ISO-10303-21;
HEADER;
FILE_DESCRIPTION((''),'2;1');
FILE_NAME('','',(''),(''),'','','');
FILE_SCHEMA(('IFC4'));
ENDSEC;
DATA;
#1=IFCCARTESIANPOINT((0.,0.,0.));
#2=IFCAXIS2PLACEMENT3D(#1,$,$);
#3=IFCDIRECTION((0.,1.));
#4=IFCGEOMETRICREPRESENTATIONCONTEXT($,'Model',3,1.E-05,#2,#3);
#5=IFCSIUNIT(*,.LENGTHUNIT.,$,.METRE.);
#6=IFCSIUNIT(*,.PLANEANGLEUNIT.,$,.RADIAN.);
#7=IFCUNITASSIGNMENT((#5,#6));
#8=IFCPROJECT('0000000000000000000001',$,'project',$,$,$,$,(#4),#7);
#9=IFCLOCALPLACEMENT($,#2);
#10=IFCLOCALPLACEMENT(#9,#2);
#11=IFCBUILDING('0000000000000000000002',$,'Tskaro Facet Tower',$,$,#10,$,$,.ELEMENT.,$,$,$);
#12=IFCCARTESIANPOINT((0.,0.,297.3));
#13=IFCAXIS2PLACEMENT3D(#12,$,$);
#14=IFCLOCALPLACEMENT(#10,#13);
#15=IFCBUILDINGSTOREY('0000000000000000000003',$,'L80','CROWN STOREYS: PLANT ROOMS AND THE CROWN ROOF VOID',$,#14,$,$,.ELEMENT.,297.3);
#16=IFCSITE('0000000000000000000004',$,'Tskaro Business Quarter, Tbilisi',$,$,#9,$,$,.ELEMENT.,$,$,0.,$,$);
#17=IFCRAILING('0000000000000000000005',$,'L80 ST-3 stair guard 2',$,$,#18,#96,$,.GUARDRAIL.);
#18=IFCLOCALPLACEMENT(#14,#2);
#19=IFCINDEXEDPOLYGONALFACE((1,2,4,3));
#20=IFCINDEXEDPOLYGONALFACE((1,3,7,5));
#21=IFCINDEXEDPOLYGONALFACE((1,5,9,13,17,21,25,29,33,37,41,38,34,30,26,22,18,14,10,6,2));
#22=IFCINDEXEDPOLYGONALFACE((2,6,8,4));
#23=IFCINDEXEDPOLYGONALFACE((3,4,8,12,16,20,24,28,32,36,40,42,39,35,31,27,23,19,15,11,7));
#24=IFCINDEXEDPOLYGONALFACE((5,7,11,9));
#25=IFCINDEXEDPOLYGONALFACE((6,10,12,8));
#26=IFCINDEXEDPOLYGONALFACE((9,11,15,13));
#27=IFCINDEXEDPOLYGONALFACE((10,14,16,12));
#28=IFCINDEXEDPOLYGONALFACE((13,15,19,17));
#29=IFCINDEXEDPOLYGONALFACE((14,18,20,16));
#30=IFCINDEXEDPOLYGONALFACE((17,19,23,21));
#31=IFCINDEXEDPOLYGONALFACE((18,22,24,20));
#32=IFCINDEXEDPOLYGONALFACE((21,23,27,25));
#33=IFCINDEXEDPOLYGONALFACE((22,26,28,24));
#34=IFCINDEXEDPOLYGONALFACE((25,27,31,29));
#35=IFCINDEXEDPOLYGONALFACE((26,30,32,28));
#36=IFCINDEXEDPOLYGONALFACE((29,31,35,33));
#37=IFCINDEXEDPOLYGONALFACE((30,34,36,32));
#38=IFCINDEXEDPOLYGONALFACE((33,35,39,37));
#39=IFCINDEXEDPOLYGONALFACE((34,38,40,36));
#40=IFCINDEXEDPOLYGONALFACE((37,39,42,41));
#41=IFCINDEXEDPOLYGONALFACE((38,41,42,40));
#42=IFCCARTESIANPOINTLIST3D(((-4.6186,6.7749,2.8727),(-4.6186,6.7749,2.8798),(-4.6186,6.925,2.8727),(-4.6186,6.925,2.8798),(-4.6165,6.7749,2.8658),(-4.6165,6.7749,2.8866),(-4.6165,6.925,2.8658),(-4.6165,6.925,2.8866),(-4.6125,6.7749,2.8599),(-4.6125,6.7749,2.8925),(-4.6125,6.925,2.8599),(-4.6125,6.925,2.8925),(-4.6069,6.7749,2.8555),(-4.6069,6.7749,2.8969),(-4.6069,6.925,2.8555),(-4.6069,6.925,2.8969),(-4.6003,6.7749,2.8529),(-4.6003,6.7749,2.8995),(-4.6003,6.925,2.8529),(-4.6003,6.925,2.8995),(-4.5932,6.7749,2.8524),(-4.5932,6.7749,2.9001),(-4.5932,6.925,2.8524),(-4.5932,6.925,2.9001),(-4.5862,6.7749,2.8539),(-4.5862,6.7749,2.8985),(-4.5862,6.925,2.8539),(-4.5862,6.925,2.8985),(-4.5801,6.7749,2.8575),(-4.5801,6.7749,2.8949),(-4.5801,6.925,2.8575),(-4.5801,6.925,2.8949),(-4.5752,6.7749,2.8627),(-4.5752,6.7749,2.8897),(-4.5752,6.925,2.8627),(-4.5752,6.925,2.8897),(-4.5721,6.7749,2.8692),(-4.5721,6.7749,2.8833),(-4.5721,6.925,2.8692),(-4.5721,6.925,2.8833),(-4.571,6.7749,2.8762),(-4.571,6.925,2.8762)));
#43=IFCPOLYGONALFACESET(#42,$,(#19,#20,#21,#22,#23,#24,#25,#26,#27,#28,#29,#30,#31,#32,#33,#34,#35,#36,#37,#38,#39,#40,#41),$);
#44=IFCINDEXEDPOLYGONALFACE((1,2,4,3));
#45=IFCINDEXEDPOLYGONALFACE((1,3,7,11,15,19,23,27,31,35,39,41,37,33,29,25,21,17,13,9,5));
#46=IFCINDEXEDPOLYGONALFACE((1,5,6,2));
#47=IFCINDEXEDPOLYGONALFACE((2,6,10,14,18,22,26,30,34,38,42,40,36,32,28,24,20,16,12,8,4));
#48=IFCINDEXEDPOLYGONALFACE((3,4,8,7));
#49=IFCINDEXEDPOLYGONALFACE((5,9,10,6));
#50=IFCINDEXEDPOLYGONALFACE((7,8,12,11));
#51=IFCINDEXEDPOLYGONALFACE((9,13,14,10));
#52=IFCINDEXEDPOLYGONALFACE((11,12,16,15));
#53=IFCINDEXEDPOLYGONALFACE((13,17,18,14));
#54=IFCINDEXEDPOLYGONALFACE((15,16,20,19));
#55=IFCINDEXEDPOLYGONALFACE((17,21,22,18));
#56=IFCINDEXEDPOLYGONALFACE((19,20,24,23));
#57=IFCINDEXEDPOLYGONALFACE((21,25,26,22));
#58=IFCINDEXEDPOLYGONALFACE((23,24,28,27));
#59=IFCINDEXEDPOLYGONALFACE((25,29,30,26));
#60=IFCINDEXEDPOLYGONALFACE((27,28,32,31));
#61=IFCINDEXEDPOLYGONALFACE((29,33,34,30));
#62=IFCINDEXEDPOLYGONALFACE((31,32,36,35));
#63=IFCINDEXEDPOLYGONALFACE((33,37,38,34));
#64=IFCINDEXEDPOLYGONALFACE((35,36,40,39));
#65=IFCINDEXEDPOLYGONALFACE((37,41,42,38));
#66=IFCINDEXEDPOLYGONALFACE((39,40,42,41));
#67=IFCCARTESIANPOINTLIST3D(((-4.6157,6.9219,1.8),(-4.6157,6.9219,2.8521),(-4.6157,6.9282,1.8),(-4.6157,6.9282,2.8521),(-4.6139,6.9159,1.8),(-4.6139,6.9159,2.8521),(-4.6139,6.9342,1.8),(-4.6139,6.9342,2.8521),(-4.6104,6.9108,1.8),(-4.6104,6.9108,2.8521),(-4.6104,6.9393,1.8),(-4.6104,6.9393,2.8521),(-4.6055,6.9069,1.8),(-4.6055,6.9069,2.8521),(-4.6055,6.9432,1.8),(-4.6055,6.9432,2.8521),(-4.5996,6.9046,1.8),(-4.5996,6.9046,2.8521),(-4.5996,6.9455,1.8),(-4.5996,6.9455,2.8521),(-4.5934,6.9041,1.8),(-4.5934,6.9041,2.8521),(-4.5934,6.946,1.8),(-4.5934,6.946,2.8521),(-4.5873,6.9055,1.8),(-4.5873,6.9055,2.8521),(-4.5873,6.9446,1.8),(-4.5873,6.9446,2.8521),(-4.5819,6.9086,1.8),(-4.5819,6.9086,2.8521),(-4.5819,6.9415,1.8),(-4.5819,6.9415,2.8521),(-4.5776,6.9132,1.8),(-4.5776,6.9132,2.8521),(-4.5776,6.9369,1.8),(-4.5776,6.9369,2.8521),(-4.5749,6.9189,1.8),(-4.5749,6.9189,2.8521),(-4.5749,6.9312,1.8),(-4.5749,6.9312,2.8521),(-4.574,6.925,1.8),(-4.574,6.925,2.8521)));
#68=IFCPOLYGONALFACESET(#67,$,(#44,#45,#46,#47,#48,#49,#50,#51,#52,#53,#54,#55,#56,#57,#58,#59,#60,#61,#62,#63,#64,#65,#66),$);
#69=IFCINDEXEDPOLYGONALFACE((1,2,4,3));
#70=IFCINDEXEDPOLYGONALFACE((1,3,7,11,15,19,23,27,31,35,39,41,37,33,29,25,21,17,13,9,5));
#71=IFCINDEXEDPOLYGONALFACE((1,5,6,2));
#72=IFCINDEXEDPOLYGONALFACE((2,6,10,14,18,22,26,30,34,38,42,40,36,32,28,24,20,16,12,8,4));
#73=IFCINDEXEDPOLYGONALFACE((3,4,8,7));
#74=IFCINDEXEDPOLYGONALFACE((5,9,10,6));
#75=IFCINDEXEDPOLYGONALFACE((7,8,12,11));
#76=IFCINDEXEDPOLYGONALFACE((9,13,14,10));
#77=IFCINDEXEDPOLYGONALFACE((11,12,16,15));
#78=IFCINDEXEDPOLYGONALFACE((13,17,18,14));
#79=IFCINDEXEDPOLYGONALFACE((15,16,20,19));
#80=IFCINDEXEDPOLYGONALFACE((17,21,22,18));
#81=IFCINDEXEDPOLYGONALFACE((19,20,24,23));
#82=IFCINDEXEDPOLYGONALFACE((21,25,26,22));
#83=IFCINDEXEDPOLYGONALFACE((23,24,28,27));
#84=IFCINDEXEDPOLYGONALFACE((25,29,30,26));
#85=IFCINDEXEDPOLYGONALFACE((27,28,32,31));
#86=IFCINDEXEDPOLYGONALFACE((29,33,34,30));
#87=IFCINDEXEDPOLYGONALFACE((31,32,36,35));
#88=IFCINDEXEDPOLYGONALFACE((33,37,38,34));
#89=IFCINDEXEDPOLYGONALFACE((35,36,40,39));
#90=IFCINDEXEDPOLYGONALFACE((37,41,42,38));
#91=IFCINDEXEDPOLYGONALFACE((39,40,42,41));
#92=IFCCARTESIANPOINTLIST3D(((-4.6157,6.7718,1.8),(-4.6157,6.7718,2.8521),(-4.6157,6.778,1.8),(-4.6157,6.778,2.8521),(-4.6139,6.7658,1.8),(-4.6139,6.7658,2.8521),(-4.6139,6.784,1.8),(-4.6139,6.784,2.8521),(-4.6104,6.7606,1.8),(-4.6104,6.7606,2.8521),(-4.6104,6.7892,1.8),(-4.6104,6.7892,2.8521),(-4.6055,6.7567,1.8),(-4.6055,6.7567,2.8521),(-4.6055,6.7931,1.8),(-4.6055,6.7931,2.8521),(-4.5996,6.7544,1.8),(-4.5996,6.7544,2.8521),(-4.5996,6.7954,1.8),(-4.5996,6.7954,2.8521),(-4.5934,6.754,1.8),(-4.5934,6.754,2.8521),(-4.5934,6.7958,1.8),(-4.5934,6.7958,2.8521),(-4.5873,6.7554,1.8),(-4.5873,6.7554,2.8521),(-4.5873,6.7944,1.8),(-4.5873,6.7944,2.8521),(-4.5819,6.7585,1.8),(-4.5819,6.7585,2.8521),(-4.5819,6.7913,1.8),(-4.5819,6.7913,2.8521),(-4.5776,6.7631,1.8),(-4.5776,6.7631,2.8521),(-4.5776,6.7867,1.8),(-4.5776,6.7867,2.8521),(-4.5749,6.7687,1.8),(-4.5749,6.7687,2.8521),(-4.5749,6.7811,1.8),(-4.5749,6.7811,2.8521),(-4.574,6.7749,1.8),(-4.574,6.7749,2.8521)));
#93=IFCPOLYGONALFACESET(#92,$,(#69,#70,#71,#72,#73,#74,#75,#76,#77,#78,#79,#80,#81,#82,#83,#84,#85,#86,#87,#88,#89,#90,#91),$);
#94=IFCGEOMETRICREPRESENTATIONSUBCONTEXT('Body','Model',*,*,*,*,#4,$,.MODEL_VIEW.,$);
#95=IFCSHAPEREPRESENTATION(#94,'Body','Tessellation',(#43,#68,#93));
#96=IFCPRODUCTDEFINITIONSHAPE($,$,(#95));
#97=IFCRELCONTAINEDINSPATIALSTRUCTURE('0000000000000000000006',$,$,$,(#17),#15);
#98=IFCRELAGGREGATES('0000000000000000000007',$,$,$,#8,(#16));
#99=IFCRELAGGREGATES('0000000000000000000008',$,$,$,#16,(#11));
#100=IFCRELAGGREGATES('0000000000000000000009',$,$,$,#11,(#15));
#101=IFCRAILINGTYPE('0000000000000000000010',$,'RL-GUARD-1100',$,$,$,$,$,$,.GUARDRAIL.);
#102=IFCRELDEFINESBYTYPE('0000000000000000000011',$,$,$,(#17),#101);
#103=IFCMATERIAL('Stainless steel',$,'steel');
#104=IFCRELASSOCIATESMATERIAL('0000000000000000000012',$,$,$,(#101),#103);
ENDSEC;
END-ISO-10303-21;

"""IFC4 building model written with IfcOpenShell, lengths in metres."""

from ifc_helpers import new_model, si_unit, direction, frame, origin, origin_2d, place, context, subcontext, project, spatial, circle, extrude, material, type_object, element, save


model = new_model("IFC4")

# Units and contexts
model_context = context("Model", 3, precision=1e-05, world=origin(), true_north=direction((0.0, 1.0)))
body_context = subcontext(model_context, "Body", "Model", "MODEL_VIEW")
ifc_project = project(units=[si_unit("LENGTHUNIT", "METRE"), si_unit("PLANEANGLEUNIT", "RADIAN")], contexts=[model_context])

# Site, building, storey
site_placement = place(None, origin())
site = spatial("IfcSite", under=ifc_project, at=site_placement, Name="Tskaro Business Quarter, Tbilisi", CompositionType="ELEMENT", RefElevation=0.0)
building_placement = place(site_placement, origin())
building = spatial("IfcBuilding", under=site, at=building_placement, Name="Tskaro Facet Tower", CompositionType="ELEMENT")
storey_placement = place(building_placement, frame((0.0, 0.0, 297.3)))
storey = spatial("IfcBuildingStorey", under=building, at=storey_placement, Name="L80", Description="CROWN STOREYS: PLANT ROOMS AND THE CROWN ROOF VOID", CompositionType="ELEMENT", Elevation=297.3)

# Railing
ifc_material_1 = material(Name="Stainless steel", Category="steel")
railing_type_1 = type_object("IfcRailingType", Name="RL-GUARD-1100", PredefinedType="GUARDRAIL", material=ifc_material_1)
railing_1_placement = place(storey_placement, frame((-4.595, 6.925, 1.8)))
element("IfcRailing", 1, at=railing_1_placement, inside=storey, type_object=railing_type_1, Name="L80 ST-3 stair guard 2", PredefinedType="GUARDRAIL", context=body_context, shape_type="SweptSolid", body=[
    extrude(circle(Radius=0.0239, at=origin_2d()), frame((0.0, 0.0, 1.0762), z_axis=(0.0, -1.0, 0.0), x_axis=(1.0, 0.0, 0.0)), (0.0, 0.0, 1.0), 0.1501),
    extrude(circle(Radius=0.021, at=origin_2d()), origin(), (0.0, 0.0, 1.0), 1.052),
    extrude(circle(Radius=0.021, at=origin_2d()), frame((0.0, -0.1501, 0.0)), (0.0, 0.0, 1.0), 1.052),
])

save(model, "model.ifc")
